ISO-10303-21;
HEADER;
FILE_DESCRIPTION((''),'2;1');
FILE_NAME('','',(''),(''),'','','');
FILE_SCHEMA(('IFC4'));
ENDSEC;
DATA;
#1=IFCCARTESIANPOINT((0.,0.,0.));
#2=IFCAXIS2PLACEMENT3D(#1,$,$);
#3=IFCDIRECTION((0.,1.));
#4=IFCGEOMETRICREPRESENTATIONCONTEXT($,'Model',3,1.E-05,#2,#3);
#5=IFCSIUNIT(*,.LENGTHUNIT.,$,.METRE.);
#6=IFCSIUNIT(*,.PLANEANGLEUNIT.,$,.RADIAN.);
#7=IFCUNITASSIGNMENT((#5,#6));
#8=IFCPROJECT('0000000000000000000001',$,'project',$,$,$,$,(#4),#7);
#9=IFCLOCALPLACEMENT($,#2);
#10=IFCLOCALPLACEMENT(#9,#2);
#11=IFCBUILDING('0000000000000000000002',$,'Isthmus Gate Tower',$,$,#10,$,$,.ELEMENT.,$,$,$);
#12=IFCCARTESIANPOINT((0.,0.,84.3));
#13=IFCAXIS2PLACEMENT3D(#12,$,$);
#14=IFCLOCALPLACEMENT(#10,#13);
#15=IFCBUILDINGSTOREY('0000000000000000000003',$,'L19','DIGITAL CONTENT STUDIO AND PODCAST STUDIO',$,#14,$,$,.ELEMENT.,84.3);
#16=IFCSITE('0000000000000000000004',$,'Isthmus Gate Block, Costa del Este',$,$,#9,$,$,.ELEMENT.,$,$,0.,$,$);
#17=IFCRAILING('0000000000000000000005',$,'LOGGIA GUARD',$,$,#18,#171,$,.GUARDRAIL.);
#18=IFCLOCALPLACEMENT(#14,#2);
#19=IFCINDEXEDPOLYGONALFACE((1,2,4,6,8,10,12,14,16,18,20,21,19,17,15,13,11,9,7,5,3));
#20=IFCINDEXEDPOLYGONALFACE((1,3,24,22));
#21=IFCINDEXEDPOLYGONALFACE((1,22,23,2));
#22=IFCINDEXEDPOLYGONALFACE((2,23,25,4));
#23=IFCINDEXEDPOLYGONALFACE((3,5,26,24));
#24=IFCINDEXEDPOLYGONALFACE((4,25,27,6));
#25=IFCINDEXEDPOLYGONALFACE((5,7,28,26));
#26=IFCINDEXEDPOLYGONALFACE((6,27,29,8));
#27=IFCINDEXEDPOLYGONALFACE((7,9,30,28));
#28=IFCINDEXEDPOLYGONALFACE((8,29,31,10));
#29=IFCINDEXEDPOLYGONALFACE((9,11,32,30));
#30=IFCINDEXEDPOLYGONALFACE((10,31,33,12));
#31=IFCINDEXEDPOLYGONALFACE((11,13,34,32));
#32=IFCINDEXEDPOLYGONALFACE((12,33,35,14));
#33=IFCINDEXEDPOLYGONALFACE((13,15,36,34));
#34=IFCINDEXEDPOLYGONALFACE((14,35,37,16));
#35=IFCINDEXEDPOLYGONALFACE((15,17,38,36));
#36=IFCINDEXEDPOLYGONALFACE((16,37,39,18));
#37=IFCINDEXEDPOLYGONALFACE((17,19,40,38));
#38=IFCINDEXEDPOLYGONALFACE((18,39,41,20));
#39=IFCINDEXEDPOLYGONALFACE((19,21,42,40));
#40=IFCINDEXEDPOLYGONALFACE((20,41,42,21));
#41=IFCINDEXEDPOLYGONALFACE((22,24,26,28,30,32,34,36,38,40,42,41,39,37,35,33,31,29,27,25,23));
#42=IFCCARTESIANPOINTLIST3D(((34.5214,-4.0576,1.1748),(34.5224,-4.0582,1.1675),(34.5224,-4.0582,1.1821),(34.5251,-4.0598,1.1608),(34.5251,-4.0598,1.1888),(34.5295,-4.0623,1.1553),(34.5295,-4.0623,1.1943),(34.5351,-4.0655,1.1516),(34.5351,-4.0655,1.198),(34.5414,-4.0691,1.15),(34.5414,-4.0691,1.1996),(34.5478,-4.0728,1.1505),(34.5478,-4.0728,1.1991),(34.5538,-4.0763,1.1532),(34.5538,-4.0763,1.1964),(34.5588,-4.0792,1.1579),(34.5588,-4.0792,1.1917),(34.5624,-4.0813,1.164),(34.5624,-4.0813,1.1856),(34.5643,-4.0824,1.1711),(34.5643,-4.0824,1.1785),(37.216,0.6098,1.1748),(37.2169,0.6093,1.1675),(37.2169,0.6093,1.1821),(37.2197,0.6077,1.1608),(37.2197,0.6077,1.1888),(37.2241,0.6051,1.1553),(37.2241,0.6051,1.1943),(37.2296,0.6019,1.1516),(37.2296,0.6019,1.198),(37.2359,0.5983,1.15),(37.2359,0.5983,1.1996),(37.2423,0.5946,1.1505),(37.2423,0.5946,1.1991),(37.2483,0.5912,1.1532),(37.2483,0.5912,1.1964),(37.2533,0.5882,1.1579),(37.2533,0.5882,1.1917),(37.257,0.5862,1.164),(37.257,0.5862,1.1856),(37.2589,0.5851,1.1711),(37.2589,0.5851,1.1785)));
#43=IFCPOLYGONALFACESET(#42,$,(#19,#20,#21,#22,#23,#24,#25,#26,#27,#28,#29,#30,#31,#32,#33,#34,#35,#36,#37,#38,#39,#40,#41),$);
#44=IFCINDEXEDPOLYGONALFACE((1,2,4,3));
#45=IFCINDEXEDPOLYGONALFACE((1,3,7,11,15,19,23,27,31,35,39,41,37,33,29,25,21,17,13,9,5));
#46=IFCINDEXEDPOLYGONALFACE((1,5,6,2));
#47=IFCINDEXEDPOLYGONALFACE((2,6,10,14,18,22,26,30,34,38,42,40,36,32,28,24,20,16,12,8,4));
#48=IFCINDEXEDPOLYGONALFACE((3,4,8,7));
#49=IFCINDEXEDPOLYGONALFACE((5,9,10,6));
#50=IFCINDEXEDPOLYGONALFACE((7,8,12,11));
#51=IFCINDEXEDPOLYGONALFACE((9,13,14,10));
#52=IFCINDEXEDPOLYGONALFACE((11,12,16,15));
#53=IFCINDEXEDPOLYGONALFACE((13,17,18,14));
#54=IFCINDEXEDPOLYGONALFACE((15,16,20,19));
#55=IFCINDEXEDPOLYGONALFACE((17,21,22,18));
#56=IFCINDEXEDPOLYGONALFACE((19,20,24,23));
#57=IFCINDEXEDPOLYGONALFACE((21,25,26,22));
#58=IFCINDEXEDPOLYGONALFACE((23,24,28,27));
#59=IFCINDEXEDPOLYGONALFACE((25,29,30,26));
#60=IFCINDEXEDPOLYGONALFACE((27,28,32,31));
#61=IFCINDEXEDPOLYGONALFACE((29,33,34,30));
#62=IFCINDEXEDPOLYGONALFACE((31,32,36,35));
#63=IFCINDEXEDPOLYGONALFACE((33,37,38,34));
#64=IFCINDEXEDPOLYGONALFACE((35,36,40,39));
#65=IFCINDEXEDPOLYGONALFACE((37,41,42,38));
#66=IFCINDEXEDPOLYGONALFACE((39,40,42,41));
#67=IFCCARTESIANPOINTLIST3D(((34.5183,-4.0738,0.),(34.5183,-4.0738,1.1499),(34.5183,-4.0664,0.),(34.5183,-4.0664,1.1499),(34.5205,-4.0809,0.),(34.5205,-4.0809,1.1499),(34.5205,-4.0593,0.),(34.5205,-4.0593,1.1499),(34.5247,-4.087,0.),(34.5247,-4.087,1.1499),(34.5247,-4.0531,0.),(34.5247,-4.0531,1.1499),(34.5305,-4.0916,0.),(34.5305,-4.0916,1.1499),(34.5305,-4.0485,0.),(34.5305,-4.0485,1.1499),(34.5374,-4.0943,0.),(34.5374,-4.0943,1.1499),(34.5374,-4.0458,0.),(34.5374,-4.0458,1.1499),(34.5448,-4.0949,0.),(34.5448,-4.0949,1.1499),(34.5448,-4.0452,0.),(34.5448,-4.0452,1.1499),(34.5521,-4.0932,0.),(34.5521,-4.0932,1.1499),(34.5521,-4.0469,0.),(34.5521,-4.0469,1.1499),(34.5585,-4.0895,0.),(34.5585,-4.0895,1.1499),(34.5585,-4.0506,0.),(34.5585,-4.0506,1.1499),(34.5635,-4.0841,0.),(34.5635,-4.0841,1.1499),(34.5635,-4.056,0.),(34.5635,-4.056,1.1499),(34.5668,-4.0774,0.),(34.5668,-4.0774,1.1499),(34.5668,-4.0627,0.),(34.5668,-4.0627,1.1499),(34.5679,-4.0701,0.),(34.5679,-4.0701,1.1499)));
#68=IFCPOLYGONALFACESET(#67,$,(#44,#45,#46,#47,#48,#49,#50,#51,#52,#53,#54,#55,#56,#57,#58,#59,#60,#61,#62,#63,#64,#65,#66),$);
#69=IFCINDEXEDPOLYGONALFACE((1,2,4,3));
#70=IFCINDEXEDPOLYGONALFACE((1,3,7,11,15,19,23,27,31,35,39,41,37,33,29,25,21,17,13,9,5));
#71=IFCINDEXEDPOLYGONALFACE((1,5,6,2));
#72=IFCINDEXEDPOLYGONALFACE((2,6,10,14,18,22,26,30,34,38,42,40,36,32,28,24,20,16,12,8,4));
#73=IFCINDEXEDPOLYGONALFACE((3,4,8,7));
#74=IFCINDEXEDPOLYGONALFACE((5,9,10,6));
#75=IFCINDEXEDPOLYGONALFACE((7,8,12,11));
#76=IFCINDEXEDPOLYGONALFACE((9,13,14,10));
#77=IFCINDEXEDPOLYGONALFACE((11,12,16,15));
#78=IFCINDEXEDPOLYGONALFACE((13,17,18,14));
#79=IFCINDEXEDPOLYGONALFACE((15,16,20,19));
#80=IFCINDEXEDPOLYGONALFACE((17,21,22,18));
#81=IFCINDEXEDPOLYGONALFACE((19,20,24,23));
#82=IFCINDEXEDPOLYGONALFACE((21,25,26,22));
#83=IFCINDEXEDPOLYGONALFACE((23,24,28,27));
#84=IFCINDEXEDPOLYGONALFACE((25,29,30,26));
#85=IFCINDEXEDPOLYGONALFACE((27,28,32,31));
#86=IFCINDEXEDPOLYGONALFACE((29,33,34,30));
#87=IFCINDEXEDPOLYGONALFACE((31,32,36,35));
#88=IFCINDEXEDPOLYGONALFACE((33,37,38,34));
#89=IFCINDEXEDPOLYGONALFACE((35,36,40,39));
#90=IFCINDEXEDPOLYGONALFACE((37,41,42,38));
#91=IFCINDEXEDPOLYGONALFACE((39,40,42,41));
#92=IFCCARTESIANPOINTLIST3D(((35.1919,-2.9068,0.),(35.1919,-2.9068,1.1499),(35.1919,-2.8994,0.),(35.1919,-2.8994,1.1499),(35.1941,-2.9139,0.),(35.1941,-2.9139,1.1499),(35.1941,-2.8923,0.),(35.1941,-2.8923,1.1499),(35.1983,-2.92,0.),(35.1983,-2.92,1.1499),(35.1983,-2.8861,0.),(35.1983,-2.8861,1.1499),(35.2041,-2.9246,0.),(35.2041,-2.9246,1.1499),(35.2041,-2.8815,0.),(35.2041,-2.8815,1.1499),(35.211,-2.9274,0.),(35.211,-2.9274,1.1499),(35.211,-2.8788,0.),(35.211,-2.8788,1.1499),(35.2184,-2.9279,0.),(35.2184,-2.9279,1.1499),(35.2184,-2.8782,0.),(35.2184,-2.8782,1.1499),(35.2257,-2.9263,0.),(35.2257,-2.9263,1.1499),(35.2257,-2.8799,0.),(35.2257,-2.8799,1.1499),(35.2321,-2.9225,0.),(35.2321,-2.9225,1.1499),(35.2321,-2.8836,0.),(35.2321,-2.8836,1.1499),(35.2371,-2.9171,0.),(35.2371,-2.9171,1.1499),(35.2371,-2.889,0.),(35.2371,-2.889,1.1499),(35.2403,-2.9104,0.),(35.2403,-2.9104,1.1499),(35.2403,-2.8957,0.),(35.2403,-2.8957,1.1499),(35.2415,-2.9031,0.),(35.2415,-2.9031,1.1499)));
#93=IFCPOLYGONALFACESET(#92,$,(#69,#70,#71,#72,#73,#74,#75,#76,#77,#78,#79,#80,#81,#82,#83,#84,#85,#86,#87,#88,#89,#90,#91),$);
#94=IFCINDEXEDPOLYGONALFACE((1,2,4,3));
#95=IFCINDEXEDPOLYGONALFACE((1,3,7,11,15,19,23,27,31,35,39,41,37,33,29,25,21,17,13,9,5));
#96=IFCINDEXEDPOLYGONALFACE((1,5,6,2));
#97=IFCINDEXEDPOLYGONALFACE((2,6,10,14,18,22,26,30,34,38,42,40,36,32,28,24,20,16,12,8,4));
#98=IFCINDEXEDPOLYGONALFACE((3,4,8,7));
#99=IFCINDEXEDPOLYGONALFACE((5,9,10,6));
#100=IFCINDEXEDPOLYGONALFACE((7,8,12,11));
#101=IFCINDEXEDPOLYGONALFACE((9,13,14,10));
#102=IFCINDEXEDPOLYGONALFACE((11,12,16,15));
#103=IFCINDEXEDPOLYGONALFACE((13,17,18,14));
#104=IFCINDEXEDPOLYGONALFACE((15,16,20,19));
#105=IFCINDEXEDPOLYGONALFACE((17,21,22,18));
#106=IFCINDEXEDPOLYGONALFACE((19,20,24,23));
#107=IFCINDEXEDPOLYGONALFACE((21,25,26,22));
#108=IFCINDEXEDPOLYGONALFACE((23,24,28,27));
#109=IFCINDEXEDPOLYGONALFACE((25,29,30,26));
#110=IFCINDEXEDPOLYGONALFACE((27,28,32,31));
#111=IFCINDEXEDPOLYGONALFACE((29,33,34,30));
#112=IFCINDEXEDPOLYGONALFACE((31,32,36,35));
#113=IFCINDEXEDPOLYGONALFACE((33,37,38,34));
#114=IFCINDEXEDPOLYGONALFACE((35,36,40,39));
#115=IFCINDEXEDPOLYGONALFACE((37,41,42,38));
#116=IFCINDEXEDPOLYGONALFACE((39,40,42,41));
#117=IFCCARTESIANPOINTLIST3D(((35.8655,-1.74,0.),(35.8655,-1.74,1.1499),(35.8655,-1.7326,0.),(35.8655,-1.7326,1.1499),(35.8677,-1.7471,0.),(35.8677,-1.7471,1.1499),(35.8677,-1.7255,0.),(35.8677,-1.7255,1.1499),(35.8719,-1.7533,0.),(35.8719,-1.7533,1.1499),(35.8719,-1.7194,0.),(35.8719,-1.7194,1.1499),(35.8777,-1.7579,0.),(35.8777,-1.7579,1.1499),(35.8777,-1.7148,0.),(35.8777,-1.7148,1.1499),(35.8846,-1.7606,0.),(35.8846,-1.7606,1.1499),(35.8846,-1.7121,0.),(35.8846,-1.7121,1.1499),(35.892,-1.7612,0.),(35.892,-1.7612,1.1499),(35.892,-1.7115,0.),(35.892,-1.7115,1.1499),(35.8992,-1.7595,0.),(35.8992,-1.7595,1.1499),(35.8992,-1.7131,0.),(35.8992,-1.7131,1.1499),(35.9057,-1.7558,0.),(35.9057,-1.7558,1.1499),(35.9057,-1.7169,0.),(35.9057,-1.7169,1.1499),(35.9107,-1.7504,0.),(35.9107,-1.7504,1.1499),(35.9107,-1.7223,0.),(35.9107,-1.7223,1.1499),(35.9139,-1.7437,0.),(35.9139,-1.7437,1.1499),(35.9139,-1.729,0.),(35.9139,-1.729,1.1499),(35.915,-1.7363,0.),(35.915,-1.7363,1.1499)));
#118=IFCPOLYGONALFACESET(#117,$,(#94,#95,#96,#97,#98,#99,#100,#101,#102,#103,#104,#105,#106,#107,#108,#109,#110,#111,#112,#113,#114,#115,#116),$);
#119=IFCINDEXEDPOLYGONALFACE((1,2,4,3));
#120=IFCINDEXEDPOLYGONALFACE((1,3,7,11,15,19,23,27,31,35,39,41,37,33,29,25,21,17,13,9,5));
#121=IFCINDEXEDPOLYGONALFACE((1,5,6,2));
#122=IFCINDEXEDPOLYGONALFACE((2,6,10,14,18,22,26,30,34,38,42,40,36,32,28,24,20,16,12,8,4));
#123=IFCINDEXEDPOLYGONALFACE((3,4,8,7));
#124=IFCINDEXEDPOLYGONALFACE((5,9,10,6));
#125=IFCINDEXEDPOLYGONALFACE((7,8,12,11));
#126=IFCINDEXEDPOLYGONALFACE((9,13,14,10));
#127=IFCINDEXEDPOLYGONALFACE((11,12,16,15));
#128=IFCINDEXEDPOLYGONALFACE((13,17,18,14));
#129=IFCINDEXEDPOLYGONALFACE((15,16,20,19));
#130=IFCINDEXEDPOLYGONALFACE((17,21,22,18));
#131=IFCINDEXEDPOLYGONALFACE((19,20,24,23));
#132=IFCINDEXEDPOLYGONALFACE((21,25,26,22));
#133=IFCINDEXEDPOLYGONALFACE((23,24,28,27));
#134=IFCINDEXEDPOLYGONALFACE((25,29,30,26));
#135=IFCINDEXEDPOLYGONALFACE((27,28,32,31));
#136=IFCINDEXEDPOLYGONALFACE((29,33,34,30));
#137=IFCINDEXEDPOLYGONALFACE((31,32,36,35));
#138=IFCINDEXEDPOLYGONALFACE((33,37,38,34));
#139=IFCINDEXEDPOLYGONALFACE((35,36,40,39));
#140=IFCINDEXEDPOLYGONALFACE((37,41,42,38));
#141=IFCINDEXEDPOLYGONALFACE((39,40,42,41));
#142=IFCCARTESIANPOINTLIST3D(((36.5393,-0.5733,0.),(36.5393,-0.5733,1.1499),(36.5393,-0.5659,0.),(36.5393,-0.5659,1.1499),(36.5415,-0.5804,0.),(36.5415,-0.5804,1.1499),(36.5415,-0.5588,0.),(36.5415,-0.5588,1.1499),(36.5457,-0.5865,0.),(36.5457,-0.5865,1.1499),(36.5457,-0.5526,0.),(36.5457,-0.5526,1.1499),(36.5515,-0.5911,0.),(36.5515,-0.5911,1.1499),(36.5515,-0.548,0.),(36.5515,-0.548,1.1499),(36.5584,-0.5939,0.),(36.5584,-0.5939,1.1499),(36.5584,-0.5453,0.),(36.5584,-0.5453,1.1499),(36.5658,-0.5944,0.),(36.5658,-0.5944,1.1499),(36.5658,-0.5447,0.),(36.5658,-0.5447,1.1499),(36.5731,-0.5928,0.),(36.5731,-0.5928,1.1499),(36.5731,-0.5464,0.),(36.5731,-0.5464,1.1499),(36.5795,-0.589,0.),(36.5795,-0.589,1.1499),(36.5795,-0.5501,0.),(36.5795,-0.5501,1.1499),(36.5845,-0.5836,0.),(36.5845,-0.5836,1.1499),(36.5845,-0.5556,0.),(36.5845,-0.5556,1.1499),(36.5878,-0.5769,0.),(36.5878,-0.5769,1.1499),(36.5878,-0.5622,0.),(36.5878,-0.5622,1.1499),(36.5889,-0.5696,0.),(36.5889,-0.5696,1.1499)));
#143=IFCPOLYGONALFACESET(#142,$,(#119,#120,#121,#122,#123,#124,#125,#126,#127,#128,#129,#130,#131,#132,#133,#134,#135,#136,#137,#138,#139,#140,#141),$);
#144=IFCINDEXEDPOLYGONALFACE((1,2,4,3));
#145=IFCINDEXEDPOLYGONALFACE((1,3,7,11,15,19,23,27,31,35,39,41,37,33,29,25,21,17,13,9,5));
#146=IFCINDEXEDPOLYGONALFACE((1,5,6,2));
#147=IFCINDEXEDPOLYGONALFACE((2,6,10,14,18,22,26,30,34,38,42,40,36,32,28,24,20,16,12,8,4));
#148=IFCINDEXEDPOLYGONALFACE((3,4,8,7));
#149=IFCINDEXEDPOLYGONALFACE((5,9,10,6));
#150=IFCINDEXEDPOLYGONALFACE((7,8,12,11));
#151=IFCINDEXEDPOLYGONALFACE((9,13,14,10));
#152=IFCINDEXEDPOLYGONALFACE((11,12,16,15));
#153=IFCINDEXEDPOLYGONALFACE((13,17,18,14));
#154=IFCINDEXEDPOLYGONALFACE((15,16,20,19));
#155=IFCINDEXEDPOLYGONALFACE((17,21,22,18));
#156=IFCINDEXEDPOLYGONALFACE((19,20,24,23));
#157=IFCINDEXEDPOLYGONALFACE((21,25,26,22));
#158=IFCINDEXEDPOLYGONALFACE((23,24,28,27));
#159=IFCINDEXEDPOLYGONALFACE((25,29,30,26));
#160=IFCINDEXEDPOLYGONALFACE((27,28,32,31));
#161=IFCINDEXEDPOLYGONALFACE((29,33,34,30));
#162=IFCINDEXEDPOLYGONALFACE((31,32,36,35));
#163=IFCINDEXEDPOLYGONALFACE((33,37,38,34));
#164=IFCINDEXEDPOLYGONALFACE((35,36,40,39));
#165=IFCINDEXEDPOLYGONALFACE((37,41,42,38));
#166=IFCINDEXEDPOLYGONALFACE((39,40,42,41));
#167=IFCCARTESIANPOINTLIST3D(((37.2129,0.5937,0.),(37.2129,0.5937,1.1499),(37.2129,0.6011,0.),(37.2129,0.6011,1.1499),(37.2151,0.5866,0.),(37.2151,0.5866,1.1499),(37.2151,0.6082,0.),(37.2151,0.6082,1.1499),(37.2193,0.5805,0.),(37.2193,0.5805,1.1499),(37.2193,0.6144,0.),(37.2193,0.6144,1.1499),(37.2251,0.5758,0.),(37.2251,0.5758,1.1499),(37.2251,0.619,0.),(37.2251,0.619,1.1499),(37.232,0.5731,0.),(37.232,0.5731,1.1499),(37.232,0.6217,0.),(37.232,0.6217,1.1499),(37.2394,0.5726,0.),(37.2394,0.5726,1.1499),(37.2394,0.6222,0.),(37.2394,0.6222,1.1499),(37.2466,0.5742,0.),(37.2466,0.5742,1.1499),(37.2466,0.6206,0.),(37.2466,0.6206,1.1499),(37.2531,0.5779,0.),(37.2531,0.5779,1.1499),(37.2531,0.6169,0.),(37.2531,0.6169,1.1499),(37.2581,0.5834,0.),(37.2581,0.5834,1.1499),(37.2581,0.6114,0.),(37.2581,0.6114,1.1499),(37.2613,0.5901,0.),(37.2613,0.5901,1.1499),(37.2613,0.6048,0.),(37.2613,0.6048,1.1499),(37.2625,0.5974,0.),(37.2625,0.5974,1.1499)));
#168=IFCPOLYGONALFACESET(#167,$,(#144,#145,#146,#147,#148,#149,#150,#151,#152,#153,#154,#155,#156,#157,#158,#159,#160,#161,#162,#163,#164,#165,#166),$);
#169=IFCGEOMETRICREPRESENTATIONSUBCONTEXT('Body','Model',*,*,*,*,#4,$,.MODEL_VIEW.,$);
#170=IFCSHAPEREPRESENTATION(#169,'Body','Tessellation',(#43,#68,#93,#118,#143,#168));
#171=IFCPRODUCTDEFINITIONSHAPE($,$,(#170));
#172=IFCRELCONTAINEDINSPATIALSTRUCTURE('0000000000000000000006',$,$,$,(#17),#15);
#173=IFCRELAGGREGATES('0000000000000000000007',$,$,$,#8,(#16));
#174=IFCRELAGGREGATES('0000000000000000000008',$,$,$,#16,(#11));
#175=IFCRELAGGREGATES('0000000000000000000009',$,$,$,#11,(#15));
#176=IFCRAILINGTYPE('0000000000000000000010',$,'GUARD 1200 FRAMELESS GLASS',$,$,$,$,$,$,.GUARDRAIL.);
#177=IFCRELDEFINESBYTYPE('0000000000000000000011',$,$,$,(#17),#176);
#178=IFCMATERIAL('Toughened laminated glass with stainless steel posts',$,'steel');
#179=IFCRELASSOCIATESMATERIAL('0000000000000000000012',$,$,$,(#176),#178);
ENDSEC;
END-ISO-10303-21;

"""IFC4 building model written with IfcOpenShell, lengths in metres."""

from ifc_helpers import new_model, si_unit, direction, frame, origin, origin_2d, place, context, subcontext, project, spatial, circle, extrude, material, type_object, element, save


model = new_model("IFC4")

# Units and contexts
model_context = context("Model", 3, precision=1e-05, world=origin(), true_north=direction((0.0, 1.0)))
body_context = subcontext(model_context, "Body", "Model", "MODEL_VIEW")
ifc_project = project(units=[si_unit("LENGTHUNIT", "METRE"), si_unit("PLANEANGLEUNIT", "RADIAN")], contexts=[model_context])

# Site, building, storey
site_placement = place(None, origin())
site = spatial("IfcSite", under=ifc_project, at=site_placement, Name="Isthmus Gate Block, Costa del Este", CompositionType="ELEMENT", RefElevation=0.0)
building_placement = place(site_placement, origin())
building = spatial("IfcBuilding", under=site, at=building_placement, Name="Isthmus Gate Tower", CompositionType="ELEMENT")
storey_placement = place(building_placement, frame((0.0, 0.0, 84.3)))
storey = spatial("IfcBuildingStorey", under=building, at=storey_placement, Name="L19", Description="DIGITAL CONTENT STUDIO AND PODCAST STUDIO", CompositionType="ELEMENT", Elevation=84.3)

# Railing
ifc_material_1 = material(Name="Toughened laminated glass with stainless steel posts", Category="steel")
railing_type = type_object("IfcRailingType", Name="GUARD 1200 FRAMELESS GLASS", PredefinedType="GUARDRAIL", material=ifc_material_1)
railing_placement = place(storey_placement, frame((34.543, -4.0701, 0.0)))
element("IfcRailing", 1, at=railing_placement, inside=storey, type_object=railing_type, Name="LOGGIA GUARD", PredefinedType="GUARDRAIL", context=body_context, shape_type="SweptSolid", body=[
    extrude(circle(Radius=0.0249, at=origin_2d()), frame((0.0, 0.0, 1.1748), z_axis=(0.499973, 0.866041, 0.0), x_axis=(-0.866041, 0.499973, 0.0)), (0.0, 0.0, 1.0), 5.3894),
    extrude(circle(Radius=0.0249, at=origin_2d()), origin(), (0.0, 0.0, 1.0), 1.1499),
    extrude(circle(Radius=0.0249, at=origin_2d()), frame((0.6736, 1.167, 0.0)), (0.0, 0.0, 1.0), 1.1499),
    extrude(circle(Radius=0.0249, at=origin_2d()), frame((1.3472, 2.3337, 0.0)), (0.0, 0.0, 1.0), 1.1499),
    extrude(circle(Radius=0.0249, at=origin_2d()), frame((2.021, 3.5005, 0.0)), (0.0, 0.0, 1.0), 1.1499),
    extrude(circle(Radius=0.0249, at=origin_2d()), frame((2.6946, 4.6675, 0.0)), (0.0, 0.0, 1.0), 1.1499),
])

save(model, "model.ifc")
